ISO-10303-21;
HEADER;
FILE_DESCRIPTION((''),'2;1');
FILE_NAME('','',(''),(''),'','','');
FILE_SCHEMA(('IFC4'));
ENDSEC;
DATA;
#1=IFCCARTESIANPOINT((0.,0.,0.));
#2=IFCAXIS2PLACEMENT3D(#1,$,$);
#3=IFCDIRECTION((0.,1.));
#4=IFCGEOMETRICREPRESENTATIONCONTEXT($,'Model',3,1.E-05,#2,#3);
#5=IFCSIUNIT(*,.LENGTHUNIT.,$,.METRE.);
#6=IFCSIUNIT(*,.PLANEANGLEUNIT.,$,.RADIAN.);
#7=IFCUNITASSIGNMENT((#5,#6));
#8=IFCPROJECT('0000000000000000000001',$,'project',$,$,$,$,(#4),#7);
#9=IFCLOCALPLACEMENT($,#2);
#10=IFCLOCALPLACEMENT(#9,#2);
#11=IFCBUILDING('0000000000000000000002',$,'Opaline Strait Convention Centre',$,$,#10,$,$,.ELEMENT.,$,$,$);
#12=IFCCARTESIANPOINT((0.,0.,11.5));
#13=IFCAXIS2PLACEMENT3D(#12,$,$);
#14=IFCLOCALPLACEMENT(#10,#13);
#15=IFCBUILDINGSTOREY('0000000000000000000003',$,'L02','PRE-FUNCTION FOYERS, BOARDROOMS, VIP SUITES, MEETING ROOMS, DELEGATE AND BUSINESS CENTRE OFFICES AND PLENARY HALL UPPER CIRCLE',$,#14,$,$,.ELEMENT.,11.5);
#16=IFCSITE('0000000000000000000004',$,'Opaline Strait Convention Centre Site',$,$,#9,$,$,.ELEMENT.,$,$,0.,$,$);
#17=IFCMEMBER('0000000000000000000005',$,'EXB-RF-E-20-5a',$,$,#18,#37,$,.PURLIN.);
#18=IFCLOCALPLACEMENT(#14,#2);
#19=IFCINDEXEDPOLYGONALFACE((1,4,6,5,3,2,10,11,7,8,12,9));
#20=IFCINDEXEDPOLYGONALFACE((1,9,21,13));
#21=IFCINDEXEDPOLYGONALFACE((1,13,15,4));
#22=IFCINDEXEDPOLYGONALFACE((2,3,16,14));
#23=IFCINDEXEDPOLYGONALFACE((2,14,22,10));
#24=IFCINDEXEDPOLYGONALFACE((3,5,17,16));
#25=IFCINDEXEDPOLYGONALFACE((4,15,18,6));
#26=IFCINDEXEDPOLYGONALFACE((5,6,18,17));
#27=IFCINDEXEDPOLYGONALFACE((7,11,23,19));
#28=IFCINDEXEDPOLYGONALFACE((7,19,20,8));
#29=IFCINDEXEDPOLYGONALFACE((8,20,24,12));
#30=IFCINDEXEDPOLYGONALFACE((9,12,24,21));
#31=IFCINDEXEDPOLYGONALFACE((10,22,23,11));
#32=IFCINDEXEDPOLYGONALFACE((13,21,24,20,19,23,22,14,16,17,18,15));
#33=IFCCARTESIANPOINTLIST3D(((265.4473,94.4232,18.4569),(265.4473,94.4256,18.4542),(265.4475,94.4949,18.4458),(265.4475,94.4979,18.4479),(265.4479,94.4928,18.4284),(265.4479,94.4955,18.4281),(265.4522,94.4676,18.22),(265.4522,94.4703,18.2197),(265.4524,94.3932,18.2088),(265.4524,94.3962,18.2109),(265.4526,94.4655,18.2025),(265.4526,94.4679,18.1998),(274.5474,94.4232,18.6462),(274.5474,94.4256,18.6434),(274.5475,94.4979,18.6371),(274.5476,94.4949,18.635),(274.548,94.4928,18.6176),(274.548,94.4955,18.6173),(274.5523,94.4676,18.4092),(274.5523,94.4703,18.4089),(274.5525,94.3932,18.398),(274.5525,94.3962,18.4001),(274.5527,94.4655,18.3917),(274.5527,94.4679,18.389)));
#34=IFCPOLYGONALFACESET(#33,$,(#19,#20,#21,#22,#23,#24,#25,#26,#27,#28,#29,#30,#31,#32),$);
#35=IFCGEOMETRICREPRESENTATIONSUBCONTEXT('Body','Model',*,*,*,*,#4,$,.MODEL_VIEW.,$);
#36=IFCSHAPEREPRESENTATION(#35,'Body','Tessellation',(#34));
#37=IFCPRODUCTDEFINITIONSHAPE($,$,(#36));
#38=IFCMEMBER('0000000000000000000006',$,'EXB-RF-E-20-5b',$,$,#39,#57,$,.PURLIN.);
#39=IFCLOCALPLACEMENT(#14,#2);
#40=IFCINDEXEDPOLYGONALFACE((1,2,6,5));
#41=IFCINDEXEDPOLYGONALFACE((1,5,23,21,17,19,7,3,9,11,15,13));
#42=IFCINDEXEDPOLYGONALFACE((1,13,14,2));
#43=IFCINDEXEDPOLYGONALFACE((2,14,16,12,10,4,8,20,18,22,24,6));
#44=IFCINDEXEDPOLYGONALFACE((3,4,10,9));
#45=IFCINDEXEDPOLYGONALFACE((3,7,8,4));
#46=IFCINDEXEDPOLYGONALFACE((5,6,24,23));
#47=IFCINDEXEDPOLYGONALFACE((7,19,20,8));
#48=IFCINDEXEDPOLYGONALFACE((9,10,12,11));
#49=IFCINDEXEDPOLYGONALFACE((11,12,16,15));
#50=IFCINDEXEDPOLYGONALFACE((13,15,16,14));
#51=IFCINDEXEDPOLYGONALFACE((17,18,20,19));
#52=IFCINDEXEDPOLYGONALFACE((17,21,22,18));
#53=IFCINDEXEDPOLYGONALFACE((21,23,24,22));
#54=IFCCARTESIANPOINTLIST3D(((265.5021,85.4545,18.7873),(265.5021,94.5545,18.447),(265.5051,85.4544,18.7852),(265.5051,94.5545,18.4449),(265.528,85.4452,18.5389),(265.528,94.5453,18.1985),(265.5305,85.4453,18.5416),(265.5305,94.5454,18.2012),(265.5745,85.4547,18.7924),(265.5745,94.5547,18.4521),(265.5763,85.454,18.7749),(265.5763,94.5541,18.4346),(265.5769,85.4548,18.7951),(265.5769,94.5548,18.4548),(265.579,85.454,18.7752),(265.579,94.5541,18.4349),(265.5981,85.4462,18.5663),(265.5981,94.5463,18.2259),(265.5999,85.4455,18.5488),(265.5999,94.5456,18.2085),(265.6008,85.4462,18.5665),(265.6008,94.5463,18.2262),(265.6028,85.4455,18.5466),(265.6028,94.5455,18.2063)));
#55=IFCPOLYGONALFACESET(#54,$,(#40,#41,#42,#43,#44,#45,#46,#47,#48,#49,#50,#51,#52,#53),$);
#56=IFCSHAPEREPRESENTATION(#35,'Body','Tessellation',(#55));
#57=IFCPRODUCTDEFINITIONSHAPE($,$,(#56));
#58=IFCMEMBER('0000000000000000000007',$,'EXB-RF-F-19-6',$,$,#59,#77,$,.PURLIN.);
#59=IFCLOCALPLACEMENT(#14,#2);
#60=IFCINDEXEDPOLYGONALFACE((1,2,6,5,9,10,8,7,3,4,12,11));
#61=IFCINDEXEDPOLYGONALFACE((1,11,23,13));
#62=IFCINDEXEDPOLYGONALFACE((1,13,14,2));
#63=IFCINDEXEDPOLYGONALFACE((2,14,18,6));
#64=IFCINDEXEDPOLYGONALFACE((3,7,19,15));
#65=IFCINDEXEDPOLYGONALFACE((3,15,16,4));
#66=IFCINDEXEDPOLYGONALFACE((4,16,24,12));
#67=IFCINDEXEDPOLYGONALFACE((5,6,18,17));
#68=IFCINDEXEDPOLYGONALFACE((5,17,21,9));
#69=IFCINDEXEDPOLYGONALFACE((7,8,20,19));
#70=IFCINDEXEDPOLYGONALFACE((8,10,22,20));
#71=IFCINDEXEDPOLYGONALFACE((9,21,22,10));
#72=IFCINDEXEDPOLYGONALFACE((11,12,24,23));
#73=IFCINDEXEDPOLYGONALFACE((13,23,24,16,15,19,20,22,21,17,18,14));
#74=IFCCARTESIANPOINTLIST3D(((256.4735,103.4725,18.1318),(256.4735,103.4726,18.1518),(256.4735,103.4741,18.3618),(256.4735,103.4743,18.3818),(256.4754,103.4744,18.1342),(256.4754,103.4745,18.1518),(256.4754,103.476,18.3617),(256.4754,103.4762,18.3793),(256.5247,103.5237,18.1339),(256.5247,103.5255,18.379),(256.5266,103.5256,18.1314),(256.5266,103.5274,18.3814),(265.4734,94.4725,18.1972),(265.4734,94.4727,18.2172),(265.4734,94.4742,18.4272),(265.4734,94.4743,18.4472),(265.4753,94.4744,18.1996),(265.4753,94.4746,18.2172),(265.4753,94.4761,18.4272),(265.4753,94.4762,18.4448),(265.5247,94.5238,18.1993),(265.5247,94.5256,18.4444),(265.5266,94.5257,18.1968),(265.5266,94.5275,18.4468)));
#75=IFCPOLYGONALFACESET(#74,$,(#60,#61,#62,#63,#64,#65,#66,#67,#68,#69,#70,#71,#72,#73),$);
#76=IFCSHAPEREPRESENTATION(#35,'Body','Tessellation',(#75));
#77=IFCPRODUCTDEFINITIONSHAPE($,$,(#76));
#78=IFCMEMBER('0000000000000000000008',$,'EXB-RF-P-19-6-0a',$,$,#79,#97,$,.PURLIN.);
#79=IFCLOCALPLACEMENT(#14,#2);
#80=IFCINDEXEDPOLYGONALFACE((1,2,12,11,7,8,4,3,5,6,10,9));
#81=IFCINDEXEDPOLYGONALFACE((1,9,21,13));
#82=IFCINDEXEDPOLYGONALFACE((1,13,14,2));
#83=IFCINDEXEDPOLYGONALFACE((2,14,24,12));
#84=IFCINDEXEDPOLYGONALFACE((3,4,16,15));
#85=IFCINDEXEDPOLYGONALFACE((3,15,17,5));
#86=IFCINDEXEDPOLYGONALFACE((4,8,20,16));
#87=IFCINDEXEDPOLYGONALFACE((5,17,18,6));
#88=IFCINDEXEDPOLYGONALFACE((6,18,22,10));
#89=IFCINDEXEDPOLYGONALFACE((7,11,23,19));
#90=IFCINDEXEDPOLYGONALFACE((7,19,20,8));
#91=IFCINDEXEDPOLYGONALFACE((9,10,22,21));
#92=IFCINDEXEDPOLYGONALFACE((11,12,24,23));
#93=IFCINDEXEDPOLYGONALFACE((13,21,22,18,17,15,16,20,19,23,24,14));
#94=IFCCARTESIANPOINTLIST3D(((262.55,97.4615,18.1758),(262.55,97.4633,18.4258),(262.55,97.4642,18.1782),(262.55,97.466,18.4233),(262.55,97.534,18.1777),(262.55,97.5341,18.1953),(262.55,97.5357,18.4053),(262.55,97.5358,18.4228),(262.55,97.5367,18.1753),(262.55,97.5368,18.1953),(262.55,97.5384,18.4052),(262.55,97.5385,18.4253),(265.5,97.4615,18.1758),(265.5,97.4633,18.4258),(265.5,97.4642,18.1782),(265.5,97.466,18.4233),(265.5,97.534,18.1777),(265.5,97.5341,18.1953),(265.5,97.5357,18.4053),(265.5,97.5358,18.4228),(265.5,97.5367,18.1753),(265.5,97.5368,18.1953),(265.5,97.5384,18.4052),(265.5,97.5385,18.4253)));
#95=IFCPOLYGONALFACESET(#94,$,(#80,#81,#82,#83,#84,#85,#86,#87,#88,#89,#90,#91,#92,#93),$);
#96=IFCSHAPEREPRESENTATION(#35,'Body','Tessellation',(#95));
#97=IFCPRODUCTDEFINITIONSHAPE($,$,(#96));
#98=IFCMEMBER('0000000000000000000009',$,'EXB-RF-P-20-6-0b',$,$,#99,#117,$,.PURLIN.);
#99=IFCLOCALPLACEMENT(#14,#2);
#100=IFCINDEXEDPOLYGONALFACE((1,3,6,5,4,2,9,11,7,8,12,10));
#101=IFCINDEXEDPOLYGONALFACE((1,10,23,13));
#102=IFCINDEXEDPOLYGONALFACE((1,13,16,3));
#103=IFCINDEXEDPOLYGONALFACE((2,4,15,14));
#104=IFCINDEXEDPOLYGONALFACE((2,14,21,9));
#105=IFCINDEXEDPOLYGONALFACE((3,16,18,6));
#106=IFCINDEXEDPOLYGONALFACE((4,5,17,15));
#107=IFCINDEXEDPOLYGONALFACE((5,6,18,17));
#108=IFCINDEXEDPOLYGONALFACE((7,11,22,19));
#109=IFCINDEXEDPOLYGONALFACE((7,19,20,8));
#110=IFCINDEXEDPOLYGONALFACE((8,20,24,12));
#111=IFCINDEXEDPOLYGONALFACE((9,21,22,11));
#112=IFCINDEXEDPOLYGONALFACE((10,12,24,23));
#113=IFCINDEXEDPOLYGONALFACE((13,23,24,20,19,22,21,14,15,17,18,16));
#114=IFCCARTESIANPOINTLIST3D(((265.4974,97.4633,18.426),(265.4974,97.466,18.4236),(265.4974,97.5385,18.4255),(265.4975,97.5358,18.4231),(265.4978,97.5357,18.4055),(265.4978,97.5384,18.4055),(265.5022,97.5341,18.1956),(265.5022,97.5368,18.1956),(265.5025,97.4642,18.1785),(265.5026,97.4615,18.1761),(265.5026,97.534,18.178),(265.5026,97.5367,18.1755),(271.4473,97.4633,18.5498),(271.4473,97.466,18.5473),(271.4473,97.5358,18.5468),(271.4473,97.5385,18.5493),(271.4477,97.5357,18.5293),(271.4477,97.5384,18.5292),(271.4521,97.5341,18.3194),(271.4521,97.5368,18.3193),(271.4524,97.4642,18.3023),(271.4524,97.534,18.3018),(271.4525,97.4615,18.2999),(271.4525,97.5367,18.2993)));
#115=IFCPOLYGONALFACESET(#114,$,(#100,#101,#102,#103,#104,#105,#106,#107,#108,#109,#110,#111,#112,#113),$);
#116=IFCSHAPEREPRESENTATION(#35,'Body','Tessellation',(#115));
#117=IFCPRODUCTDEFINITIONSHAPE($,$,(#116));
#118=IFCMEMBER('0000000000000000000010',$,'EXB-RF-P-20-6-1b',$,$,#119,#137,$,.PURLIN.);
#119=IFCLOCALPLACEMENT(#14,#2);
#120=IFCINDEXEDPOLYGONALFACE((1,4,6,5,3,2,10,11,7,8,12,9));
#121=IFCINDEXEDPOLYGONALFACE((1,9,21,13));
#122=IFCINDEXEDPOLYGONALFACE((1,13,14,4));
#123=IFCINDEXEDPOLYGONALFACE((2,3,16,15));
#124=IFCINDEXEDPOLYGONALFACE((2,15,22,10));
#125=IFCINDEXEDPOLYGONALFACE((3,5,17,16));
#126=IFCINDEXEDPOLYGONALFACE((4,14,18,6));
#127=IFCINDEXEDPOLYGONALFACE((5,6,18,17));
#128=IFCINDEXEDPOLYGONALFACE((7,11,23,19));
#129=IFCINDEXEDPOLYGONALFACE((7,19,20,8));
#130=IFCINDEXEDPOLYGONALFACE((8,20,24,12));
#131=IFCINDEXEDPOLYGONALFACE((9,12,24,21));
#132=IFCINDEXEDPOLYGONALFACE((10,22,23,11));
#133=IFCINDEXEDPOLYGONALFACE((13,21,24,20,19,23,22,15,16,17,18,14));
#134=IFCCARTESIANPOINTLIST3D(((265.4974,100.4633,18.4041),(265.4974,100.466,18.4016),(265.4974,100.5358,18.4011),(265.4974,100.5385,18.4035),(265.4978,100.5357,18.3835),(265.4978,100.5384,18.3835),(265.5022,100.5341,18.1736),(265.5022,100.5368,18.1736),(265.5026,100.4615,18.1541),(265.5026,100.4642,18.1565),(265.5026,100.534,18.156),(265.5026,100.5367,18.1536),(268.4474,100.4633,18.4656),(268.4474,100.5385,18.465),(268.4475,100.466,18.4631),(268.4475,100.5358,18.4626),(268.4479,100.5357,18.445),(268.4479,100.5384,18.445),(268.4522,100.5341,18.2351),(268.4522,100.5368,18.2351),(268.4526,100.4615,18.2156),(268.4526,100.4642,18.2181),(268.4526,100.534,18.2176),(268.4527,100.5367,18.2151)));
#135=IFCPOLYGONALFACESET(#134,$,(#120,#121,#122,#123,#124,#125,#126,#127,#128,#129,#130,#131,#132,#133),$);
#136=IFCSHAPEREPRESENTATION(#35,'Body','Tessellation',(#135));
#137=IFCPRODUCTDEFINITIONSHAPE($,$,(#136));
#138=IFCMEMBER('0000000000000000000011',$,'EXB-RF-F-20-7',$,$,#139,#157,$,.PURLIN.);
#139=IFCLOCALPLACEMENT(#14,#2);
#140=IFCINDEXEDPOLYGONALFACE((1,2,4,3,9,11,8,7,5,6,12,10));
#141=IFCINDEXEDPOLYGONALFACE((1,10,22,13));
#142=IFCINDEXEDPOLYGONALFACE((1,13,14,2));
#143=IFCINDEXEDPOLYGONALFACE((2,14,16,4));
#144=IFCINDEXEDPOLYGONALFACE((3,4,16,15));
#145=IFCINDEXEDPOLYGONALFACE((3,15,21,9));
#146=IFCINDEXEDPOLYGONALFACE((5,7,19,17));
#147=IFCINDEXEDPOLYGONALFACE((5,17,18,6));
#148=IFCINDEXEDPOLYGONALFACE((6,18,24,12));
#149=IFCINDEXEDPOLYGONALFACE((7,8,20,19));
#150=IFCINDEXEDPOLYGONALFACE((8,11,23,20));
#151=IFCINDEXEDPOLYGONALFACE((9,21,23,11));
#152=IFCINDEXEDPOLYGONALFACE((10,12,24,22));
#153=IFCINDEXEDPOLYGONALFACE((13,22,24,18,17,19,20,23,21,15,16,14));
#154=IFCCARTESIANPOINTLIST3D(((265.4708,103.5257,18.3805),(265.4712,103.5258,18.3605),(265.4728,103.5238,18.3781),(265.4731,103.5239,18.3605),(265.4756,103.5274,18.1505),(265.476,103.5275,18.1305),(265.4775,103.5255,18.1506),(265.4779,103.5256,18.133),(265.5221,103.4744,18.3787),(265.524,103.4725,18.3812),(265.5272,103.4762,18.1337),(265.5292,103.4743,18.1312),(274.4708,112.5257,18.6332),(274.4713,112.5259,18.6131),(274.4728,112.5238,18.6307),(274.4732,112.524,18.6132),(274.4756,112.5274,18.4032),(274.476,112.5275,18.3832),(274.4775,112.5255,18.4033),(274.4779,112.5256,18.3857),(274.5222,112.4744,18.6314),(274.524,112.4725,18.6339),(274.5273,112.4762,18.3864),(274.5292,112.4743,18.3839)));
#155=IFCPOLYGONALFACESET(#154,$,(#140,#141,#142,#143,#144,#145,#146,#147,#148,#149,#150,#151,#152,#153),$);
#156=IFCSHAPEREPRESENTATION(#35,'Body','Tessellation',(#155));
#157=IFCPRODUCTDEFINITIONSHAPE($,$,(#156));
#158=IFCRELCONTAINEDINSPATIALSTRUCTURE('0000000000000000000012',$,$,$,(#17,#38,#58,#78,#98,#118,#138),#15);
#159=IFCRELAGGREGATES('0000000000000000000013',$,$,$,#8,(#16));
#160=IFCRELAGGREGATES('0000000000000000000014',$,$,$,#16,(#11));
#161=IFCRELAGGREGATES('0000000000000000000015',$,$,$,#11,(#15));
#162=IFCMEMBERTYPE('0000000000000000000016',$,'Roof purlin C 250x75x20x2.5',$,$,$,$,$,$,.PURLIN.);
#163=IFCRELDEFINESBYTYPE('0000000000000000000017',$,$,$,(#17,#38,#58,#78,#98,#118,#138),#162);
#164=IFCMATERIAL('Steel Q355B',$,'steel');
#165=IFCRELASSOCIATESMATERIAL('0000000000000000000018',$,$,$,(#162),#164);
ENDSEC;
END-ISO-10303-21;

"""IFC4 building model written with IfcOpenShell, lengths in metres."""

from ifc_helpers import new_model, si_unit, direction, frame, origin, place, context, subcontext, project, spatial, polyline, outline, extrude, material, material_profile, profile_set, type_object, element, save


model = new_model("IFC4")

# Units and contexts
model_context = context("Model", 3, precision=1e-05, world=origin(), true_north=direction((0.0, 1.0)))
body_context = subcontext(model_context, "Body", "Model", "MODEL_VIEW")
ifc_project = project(units=[si_unit("LENGTHUNIT", "METRE"), si_unit("PLANEANGLEUNIT", "RADIAN")], contexts=[model_context])

# Site, building, storey
site_placement = place(None, origin())
site = spatial("IfcSite", under=ifc_project, at=site_placement, Name="Opaline Strait Convention Centre Site", CompositionType="ELEMENT", RefElevation=0.0)
building_placement = place(site_placement, origin())
building = spatial("IfcBuilding", under=site, at=building_placement, Name="Opaline Strait Convention Centre", CompositionType="ELEMENT")
storey_placement = place(building_placement, frame((0.0, 0.0, 11.5)))
storey = spatial("IfcBuildingStorey", under=building, at=storey_placement, Name="L02", Description="PRE-FUNCTION FOYERS, BOARDROOMS, VIP SUITES, MEETING ROOMS, DELEGATE AND BUSINESS CENTRE OFFICES AND PLENARY HALL UPPER CIRCLE", CompositionType="ELEMENT", Elevation=11.5)

# Members
ifc_material_1 = material(Name="Steel Q355B", Category="steel")
ifc_material_profile_1 = material_profile(ifc_material_1, outline(polyline([(-0.0376, -0.125), (0.0376, -0.125), (0.0376, -0.105), (0.0349, -0.105), (0.0349, -0.1226), (-0.0349, -0.1226), (-0.0349, 0.1226), (0.0349, 0.1226), (0.0349, 0.105), (0.0376, 0.105), (0.0376, 0.125), (-0.0376, 0.125), (-0.0376, -0.125)])), Name="C 250x75x20x2.5")
ifc_profile_set_1 = profile_set([ifc_material_profile_1], Name="Steel Q355B")
member_type_1 = type_object("IfcMemberType", Name="Roof purlin C 250x75x20x2.5", PredefinedType="PURLIN", material=ifc_profile_set_1)
member_1_placement = place(storey_placement, frame((265.45, 94.4456, 18.3284), z_axis=(0.999784, 0.0, 0.020787), x_axis=(0.002492, 0.992786, -0.11987)))
element("IfcMember", 1, at=member_1_placement, inside=storey, type_object=member_type_1, Name="EXB-RF-E-20-5a", PredefinedType="PURLIN", context=body_context, shape_type="SweptSolid", body=[
    extrude(outline(polyline([(-0.0376, -0.125), (0.0376, -0.125), (0.0376, -0.105), (0.0349, -0.105), (0.0349, -0.1226), (-0.0349, -0.1226), (-0.0349, 0.1226), (0.0349, 0.1226), (0.0349, 0.105), (0.0376, 0.105), (0.0376, 0.125), (-0.0376, 0.125), (-0.0376, -0.125)])), origin(), (0.0, 0.0, 1.0), 9.1021),
])
member_2_placement = place(storey_placement, frame((265.5525, 94.55, 18.3267), z_axis=(0.0, -0.999301, 0.037373), x_axis=(0.99462, 0.003871, 0.103515)))
element("IfcMember", 2, at=member_2_placement, inside=storey, type_object=member_type_1, Name="EXB-RF-E-20-5b", PredefinedType="PURLIN", context=body_context, shape_type="SweptSolid", body=[
    extrude(outline(polyline([(-0.0376, -0.125), (0.0376, -0.125), (0.0376, -0.105), (0.0349, -0.105), (0.0349, -0.1226), (-0.0349, -0.1226), (-0.0349, 0.1226), (0.0349, 0.1226), (0.0349, 0.105), (0.0376, 0.105), (0.0376, 0.125), (-0.0376, 0.125), (-0.0376, -0.125)])), origin(), (0.0, 0.0, 1.0), 9.1064),
])
member_3_placement = place(storey_placement, frame((265.5, 94.5, 18.322), z_axis=(-0.707097, 0.707097, -0.005141), x_axis=(-0.707116, -0.707079, 0.005143)))
element("IfcMember", 3, at=member_3_placement, inside=storey, type_object=member_type_1, Name="EXB-RF-F-19-6", PredefinedType="PURLIN", context=body_context, shape_type="SweptSolid", body=[
    extrude(outline(polyline([(-0.0376, -0.125), (0.0376, -0.125), (0.0376, -0.105), (0.0349, -0.105), (0.0349, -0.1226), (-0.0349, -0.1226), (-0.0349, 0.1226), (0.0349, 0.1226), (0.0349, 0.105), (0.0376, 0.105), (0.0376, 0.125), (-0.0376, 0.125), (-0.0376, -0.125)])), origin(), (0.0, 0.0, 1.0), 12.728),
])
member_4_placement = place(storey_placement, frame((262.55, 97.5, 18.3005), z_axis=(1.0, 0.0, 0.0), x_axis=(0.0, 0.999974, -0.007274)))
element("IfcMember", 4, at=member_4_placement, inside=storey, type_object=member_type_1, Name="EXB-RF-P-19-6-0a", PredefinedType="PURLIN", context=body_context, shape_type="SweptSolid", body=[
    extrude(outline(polyline([(-0.0376, -0.125), (0.0376, -0.125), (0.0376, -0.105), (0.0349, -0.105), (0.0349, -0.1226), (-0.0349, -0.1226), (-0.0349, 0.1226), (0.0349, 0.1226), (0.0349, 0.105), (0.0376, 0.105), (0.0376, 0.125), (-0.0376, 0.125), (-0.0376, -0.125)])), origin(), (0.0, 0.0, 1.0), 2.95),
])
member_5_placement = place(storey_placement, frame((265.5, 97.5, 18.3008), z_axis=(0.999784, 0.0, 0.020799), x_axis=(0.000151, 0.999974, -0.007273)))
element("IfcMember", 5, at=member_5_placement, inside=storey, type_object=member_type_1, Name="EXB-RF-P-20-6-0b", PredefinedType="PURLIN", context=body_context, shape_type="SweptSolid", body=[
    extrude(outline(polyline([(-0.0376, -0.125), (0.0376, -0.125), (0.0376, -0.105), (0.0349, -0.105), (0.0349, -0.1226), (-0.0349, -0.1226), (-0.0349, 0.1226), (0.0349, 0.1226), (0.0349, 0.105), (0.0376, 0.105), (0.0376, 0.125), (-0.0376, 0.125), (-0.0376, -0.125)])), origin(), (0.0, 0.0, 1.0), 5.9512),
])
member_6_placement = place(storey_placement, frame((265.5, 100.5, 18.2788), z_axis=(0.999783, 0.0, 0.020851), x_axis=(0.000152, 0.999974, -0.007273)))
element("IfcMember", 6, at=member_6_placement, inside=storey, type_object=member_type_1, Name="EXB-RF-P-20-6-1b", PredefinedType="PURLIN", context=body_context, shape_type="SweptSolid", body=[
    extrude(outline(polyline([(-0.0376, -0.125), (0.0376, -0.125), (0.0376, -0.105), (0.0349, -0.105), (0.0349, -0.1226), (-0.0349, -0.1226), (-0.0349, 0.1226), (0.0349, 0.1226), (0.0349, 0.105), (0.0376, 0.105), (0.0376, 0.125), (-0.0376, 0.125), (-0.0376, -0.125)])), origin(), (0.0, 0.0, 1.0), 2.9507),
])
member_7_placement = place(storey_placement, frame((265.5, 103.5, 18.2559), z_axis=(0.706967, 0.706967, 0.019849), x_axis=(-0.70694, 0.707209, -0.009562)))
element("IfcMember", 7, at=member_7_placement, inside=storey, type_object=member_type_1, Name="EXB-RF-F-20-7", PredefinedType="PURLIN", context=body_context, shape_type="SweptSolid", body=[
    extrude(outline(polyline([(-0.0376, -0.125), (0.0376, -0.125), (0.0376, -0.105), (0.0349, -0.105), (0.0349, -0.1226), (-0.0349, -0.1226), (-0.0349, 0.1226), (0.0349, 0.1226), (0.0349, 0.105), (0.0376, 0.105), (0.0376, 0.125), (-0.0376, 0.125), (-0.0376, -0.125)])), origin(), (0.0, 0.0, 1.0), 12.7305),
])

save(model, "model.ifc")
